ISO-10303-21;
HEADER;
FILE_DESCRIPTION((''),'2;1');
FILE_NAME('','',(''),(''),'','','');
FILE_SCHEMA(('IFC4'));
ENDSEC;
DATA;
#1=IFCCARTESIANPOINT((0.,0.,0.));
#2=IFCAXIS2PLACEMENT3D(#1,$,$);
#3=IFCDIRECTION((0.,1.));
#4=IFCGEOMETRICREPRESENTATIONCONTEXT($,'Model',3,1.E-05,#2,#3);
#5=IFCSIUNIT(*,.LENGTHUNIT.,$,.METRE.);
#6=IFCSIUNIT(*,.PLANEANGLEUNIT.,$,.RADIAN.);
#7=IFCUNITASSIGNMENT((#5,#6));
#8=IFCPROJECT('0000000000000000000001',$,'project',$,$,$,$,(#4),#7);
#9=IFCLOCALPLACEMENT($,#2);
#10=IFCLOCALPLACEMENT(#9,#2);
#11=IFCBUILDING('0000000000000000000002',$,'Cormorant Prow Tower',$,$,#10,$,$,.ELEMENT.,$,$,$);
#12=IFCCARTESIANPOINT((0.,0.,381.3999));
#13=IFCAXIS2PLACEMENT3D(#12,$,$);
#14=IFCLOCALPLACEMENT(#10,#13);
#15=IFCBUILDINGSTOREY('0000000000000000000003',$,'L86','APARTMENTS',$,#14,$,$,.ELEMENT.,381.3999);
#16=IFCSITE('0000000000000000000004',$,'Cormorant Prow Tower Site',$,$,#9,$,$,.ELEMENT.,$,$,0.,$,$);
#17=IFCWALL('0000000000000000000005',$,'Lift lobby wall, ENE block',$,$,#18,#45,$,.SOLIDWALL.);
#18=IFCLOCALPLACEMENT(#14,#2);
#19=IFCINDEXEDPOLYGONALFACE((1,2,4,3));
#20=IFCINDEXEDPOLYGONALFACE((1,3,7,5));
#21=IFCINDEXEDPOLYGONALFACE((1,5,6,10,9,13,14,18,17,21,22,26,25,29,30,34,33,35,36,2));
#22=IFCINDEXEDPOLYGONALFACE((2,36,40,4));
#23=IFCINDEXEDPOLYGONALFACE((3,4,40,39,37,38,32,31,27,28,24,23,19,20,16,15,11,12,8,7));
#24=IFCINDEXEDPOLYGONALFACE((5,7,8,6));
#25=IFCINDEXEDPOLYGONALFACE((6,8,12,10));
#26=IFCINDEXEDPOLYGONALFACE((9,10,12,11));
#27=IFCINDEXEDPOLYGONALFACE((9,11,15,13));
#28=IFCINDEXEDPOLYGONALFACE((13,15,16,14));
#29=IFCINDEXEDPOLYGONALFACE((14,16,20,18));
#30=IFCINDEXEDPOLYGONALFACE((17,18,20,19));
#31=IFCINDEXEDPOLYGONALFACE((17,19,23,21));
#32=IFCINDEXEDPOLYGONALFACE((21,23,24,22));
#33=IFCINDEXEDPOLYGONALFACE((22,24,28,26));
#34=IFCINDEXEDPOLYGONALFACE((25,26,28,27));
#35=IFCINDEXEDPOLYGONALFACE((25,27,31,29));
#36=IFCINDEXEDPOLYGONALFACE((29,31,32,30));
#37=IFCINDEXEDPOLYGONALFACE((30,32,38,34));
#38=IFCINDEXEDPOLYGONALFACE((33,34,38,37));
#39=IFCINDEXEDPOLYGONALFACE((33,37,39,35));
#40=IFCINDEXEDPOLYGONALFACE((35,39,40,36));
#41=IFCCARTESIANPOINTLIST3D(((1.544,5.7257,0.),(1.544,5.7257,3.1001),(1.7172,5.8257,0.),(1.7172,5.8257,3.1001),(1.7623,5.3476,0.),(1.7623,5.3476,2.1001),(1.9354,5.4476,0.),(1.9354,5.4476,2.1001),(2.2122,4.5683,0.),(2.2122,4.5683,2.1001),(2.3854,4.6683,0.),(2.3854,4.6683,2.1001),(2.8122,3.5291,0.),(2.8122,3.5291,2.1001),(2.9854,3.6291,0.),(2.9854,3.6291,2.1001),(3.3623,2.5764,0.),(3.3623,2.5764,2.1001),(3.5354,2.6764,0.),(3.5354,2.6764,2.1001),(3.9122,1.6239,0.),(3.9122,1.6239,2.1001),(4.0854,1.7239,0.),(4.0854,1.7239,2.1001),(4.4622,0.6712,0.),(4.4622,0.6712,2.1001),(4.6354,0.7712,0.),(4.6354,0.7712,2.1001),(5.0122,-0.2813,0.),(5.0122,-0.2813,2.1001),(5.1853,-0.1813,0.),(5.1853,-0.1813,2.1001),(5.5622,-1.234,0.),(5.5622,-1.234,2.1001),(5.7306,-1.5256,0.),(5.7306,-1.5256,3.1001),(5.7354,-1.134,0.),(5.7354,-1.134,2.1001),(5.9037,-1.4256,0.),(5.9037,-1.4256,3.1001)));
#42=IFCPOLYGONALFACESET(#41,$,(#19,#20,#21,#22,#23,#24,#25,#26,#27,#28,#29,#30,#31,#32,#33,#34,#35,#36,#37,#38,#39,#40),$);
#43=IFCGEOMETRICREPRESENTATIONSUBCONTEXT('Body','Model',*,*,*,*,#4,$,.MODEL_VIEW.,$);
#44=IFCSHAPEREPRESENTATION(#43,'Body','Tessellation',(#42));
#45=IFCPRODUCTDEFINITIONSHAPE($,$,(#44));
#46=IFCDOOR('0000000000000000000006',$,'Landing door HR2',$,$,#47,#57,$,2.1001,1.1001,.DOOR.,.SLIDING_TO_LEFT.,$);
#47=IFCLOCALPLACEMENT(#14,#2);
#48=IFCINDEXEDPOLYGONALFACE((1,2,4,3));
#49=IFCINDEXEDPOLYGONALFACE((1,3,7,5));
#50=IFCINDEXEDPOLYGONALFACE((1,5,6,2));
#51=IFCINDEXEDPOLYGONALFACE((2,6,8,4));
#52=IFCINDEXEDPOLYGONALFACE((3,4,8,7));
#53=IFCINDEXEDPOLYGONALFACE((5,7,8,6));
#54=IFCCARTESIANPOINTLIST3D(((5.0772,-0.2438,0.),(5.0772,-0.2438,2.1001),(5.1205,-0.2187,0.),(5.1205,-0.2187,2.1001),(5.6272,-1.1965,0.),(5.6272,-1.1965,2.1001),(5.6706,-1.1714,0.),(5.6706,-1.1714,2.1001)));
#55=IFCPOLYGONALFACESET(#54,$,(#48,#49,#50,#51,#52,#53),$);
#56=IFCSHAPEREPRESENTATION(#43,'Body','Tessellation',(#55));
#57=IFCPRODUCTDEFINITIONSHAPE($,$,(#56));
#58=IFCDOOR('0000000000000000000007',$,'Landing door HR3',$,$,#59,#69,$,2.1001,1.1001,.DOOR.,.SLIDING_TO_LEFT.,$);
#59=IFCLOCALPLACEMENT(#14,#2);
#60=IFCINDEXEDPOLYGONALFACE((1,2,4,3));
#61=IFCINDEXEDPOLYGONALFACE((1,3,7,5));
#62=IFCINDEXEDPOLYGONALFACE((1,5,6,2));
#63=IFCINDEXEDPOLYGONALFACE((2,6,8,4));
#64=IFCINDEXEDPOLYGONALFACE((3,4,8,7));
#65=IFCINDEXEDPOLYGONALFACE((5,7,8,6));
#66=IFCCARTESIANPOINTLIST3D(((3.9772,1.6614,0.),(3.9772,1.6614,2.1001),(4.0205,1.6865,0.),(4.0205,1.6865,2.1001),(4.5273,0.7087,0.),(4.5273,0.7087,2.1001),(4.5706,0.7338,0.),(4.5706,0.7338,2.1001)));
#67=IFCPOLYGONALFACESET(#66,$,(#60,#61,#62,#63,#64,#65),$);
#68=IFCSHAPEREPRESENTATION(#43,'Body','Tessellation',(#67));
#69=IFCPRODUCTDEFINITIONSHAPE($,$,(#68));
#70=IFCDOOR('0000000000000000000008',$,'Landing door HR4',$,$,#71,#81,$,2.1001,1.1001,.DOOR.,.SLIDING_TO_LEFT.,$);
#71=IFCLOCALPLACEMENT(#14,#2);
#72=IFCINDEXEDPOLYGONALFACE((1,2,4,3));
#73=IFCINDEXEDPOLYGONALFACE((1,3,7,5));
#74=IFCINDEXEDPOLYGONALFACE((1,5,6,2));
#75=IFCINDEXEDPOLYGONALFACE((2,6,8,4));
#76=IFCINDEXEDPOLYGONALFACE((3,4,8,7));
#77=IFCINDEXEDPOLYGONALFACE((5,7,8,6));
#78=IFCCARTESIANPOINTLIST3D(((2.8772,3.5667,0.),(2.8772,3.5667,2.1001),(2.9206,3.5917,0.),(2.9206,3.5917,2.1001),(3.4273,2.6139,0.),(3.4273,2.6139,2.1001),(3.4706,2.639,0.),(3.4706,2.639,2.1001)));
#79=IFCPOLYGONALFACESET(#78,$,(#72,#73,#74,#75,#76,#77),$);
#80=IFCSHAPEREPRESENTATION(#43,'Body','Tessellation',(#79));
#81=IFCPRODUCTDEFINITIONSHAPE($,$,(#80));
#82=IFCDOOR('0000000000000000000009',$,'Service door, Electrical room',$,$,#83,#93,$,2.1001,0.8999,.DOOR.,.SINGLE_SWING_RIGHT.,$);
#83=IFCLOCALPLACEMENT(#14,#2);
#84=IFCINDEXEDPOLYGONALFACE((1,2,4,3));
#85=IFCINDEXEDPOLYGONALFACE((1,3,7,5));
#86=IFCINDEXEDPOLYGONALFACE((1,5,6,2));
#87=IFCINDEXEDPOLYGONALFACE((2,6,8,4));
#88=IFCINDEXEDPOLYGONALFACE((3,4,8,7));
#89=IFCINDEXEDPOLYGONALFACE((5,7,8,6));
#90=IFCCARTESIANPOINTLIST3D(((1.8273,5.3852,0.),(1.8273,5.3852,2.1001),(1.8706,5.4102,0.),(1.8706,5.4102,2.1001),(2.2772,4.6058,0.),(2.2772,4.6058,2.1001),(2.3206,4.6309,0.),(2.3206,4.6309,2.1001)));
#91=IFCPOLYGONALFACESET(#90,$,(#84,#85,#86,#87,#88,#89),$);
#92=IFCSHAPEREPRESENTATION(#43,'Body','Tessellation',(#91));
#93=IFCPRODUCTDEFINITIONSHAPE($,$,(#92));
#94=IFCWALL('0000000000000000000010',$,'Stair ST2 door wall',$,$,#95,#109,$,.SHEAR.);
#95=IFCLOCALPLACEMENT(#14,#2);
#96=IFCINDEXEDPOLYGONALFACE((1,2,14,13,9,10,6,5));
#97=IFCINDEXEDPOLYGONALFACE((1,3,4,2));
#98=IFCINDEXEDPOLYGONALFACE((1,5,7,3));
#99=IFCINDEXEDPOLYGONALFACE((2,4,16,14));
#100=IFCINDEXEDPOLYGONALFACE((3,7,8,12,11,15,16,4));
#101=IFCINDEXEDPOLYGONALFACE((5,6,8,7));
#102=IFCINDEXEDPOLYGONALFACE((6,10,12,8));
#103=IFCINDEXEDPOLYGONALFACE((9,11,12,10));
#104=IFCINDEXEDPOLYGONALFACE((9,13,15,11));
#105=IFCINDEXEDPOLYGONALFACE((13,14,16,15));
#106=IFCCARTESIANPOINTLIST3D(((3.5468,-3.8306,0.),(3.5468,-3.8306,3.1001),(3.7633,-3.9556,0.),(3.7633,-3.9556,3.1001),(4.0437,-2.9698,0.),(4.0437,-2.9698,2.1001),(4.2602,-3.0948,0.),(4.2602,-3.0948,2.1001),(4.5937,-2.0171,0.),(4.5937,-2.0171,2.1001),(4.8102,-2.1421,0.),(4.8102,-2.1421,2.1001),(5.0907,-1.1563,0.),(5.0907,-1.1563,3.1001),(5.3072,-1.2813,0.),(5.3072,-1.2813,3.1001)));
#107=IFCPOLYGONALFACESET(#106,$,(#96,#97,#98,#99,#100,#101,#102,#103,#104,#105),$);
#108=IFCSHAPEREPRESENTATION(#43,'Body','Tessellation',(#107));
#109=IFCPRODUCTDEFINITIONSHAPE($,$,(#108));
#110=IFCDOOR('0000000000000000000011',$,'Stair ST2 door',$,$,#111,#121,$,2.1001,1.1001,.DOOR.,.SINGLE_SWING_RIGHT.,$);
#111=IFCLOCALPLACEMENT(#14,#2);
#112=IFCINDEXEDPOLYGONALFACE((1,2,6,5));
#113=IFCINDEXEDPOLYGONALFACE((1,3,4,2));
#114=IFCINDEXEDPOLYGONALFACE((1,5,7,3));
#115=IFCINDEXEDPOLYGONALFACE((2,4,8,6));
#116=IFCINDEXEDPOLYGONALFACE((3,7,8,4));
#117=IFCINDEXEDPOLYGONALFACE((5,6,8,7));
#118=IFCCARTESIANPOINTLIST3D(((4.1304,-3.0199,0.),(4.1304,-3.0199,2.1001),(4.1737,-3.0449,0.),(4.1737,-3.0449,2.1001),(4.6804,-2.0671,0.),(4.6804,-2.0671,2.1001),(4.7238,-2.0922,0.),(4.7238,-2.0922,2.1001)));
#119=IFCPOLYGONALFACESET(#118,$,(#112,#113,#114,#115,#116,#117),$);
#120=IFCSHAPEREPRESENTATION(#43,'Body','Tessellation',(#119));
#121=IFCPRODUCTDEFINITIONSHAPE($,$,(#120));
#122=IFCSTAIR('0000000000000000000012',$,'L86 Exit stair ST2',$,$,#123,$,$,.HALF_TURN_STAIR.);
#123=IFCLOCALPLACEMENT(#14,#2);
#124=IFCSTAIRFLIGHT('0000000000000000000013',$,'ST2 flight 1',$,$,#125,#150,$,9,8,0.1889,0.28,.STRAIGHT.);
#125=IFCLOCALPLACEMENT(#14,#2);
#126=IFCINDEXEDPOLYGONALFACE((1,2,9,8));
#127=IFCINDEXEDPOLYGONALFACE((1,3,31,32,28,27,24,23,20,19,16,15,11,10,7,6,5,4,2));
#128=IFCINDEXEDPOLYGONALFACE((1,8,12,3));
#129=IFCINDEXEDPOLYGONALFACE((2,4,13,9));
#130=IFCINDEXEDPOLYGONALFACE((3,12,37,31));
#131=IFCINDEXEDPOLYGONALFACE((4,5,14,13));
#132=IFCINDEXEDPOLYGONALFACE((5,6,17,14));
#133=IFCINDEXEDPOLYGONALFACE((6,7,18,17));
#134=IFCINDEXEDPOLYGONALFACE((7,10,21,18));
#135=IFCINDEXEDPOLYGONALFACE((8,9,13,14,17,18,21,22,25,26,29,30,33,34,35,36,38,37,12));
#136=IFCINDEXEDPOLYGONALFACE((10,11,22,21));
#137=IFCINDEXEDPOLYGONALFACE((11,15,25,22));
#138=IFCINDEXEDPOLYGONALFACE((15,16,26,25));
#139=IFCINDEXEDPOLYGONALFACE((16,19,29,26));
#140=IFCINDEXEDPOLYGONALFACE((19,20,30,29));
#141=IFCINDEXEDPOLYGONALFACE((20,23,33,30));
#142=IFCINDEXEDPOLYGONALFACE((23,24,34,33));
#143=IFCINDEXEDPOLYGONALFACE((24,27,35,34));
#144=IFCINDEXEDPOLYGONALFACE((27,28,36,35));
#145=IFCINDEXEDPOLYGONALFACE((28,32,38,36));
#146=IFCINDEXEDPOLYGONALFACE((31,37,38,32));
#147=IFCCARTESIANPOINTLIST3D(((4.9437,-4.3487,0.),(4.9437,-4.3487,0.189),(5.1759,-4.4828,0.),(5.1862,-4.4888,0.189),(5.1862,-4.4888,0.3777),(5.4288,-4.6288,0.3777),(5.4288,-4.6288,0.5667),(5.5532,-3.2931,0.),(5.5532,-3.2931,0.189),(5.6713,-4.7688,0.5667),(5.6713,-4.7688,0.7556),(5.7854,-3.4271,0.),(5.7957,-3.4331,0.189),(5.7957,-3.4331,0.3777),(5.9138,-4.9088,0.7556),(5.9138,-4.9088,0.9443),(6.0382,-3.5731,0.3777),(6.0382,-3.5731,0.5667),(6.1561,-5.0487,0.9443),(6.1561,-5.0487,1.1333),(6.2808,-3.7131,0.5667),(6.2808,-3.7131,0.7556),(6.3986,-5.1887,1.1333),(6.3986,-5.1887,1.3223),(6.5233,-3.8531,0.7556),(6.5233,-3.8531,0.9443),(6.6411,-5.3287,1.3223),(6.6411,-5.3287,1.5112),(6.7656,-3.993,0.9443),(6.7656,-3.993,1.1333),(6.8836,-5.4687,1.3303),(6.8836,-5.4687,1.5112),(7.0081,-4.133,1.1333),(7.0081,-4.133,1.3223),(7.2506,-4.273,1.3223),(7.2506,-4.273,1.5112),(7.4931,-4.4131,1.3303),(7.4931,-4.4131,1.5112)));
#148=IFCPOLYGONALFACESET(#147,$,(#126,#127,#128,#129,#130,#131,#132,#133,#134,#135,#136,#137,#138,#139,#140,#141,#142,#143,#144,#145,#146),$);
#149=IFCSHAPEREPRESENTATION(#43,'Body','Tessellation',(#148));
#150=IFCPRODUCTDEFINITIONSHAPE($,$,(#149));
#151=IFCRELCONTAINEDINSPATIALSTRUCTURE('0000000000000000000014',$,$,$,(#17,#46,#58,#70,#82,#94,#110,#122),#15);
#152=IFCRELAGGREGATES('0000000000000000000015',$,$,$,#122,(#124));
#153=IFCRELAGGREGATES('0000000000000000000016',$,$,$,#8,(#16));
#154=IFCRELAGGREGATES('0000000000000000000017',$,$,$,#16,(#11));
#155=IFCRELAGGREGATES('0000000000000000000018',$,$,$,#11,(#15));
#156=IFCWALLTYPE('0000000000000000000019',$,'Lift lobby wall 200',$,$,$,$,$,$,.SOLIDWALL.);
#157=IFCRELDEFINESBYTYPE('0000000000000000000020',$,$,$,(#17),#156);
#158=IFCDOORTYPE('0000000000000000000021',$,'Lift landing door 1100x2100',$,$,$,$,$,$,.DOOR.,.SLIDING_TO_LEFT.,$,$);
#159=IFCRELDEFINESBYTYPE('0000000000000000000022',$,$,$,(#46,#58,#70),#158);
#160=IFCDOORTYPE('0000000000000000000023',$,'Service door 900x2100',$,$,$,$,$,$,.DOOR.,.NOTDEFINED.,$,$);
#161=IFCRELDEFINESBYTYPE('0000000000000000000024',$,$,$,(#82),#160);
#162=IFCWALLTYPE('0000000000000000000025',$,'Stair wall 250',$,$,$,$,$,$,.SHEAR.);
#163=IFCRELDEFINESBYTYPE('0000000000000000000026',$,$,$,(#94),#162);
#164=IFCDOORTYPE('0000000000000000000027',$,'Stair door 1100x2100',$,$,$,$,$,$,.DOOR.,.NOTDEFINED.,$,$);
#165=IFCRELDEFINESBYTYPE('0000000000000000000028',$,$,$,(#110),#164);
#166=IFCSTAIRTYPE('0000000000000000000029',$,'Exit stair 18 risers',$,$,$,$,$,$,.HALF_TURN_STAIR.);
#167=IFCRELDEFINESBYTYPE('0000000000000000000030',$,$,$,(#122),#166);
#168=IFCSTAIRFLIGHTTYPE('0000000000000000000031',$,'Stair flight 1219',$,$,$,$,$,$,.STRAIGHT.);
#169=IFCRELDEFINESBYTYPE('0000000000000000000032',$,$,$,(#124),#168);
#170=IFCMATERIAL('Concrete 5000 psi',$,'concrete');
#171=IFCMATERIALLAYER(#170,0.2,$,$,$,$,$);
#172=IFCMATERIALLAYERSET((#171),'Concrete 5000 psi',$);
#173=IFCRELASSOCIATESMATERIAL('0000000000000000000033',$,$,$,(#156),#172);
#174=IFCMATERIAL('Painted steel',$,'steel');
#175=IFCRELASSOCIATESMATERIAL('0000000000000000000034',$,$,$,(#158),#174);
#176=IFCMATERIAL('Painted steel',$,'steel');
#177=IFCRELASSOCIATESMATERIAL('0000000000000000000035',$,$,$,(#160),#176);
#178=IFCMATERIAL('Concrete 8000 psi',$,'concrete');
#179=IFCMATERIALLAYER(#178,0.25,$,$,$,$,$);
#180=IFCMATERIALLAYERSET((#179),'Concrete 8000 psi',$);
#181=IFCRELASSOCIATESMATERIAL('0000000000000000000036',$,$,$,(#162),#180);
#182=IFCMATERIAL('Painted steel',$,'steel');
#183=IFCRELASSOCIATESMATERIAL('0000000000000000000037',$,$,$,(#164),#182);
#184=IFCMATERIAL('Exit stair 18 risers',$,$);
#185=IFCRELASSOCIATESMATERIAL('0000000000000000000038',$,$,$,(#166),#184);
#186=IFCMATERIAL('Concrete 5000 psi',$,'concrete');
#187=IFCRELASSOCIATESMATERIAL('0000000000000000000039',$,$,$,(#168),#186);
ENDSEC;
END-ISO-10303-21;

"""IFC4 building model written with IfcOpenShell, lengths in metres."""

from ifc_helpers import new_model, si_unit, direction, frame, frame_2d, origin, place, context, subcontext, project, spatial, polyline, rectangle, outline, extrude, material, layer, layer_set, type_object, element, fill, aggregate, save


model = new_model("IFC4")

# Units and contexts
model_context = context("Model", 3, precision=1e-05, world=origin(), true_north=direction((0.0, 1.0)))
body_context = subcontext(model_context, "Body", "Model", "MODEL_VIEW")
ifc_project = project(units=[si_unit("LENGTHUNIT", "METRE"), si_unit("PLANEANGLEUNIT", "RADIAN")], contexts=[model_context])

# Site, building, storey
site_placement = place(None, origin())
site = spatial("IfcSite", under=ifc_project, at=site_placement, Name="Cormorant Prow Tower Site", CompositionType="ELEMENT", RefElevation=0.0)
building_placement = place(site_placement, origin())
building = spatial("IfcBuilding", under=site, at=building_placement, Name="Cormorant Prow Tower", CompositionType="ELEMENT")
storey_placement = place(building_placement, frame((0.0, 0.0, 381.3999)))
storey = spatial("IfcBuildingStorey", under=building, at=storey_placement, Name="L86", Description="APARTMENTS", CompositionType="ELEMENT", Elevation=381.3999)

# Wall, openings, doors
ifc_material_1 = material(Name="Concrete 5000 psi", Category="concrete")
ifc_layer_1 = layer(ifc_material_1, 0.2)
ifc_layer_set_1 = layer_set([ifc_layer_1], Name="Concrete 5000 psi")
wall_type_1 = type_object("IfcWallType", Name="Lift lobby wall 200", PredefinedType="SOLIDWALL", material=ifc_layer_set_1)
wall_1_placement = place(storey_placement, frame((5.8171, -1.4756, 0.0), z_axis=(0.0, 0.0, 1.0), x_axis=(-0.500003, 0.866024, 0.0)))
wall_1 = element("IfcWall", 1, at=wall_1_placement, inside=storey, type_object=wall_type_1, Name="Lift lobby wall, ENE block", PredefinedType="SOLIDWALL", context=body_context, shape_type="SweptSolid", body=[
    extrude(rectangle(XDim=8.373, YDim=0.2, at=frame_2d((4.1865, 0.0))), origin(), (0.0, 0.0, 1.0), 3.1001),
])
opening_1_placement = place(wall_1_placement, frame((0.3367, 0.0, 0.0)))
opening_1 = element("IfcOpeningElement", 2, at=opening_1_placement, cuts=wall_1, PredefinedType="OPENING", context=body_context, shape_type="SweptSolid", body=[
    extrude(rectangle(XDim=1.1001, YDim=2.1001, at=frame_2d((0.55, 1.05))), frame((0.0, 0.1099, 0.0), z_axis=(0.0, -1.0, 0.0), x_axis=(1.0, 0.0, 0.0)), (0.0, 0.0, 1.0), 0.22),
])
opening_2_placement = place(wall_1_placement, frame((2.5366, 0.0, 0.0)))
opening_2 = element("IfcOpeningElement", 3, at=opening_2_placement, cuts=wall_1, PredefinedType="OPENING", context=body_context, shape_type="SweptSolid", body=[
    extrude(rectangle(XDim=1.1001, YDim=2.1001, at=frame_2d((0.55, 1.05))), frame((0.0, 0.1099, 0.0), z_axis=(0.0, -1.0, 0.0), x_axis=(1.0, 0.0, 0.0)), (0.0, 0.0, 1.0), 0.22),
])
opening_3_placement = place(wall_1_placement, frame((4.7366, 0.0, 0.0)))
opening_3 = element("IfcOpeningElement", 4, at=opening_3_placement, cuts=wall_1, PredefinedType="OPENING", context=body_context, shape_type="SweptSolid", body=[
    extrude(rectangle(XDim=1.1001, YDim=2.1001, at=frame_2d((0.55, 1.05))), frame((0.0, 0.1099, 0.0), z_axis=(0.0, -1.0, 0.0), x_axis=(1.0, 0.0, 0.0)), (0.0, 0.0, 1.0), 0.22),
])
opening_4_placement = place(wall_1_placement, frame((7.0366, 0.0, 0.0)))
opening_4 = element("IfcOpeningElement", 5, at=opening_4_placement, cuts=wall_1, PredefinedType="OPENING", context=body_context, shape_type="SweptSolid", body=[
    extrude(rectangle(XDim=0.8999, YDim=2.1001, at=frame_2d((0.45, 1.05))), frame((0.0, 0.1099, 0.0), z_axis=(0.0, -1.0, 0.0), x_axis=(1.0, 0.0, 0.0)), (0.0, 0.0, 1.0), 0.22),
])
ifc_material_2 = material(Name="Painted steel", Category="steel")
door_type_1 = type_object("IfcDoorType", Name="Lift landing door 1100x2100", OperationType="SLIDING_TO_LEFT", PredefinedType="DOOR", material=ifc_material_2)
door_1_placement = place(opening_1_placement, origin())
door_1 = element("IfcDoor", 6, at=door_1_placement, inside=storey, type_object=door_type_1, Name="Landing door HR2", OperationType="SLIDING_TO_LEFT", OverallHeight=2.1001, OverallWidth=1.1001, PredefinedType="DOOR", context=body_context, shape_type="SweptSolid", body=[
    extrude(rectangle(XDim=1.1001, YDim=2.1001, at=frame_2d((0.55, 1.05))), frame((0.0, 0.0249, 0.0), z_axis=(0.0, -1.0, 0.0), x_axis=(1.0, 0.0, 0.0)), (0.0, 0.0, 1.0), 0.05),
])
fill(opening_1, door_1)
door_2_placement = place(opening_2_placement, origin())
door_2 = element("IfcDoor", 7, at=door_2_placement, inside=storey, type_object=door_type_1, Name="Landing door HR3", OperationType="SLIDING_TO_LEFT", OverallHeight=2.1001, OverallWidth=1.1001, PredefinedType="DOOR", context=body_context, shape_type="SweptSolid", body=[
    extrude(rectangle(XDim=1.1001, YDim=2.1001, at=frame_2d((0.55, 1.05))), frame((0.0, 0.0249, 0.0), z_axis=(0.0, -1.0, 0.0), x_axis=(1.0, 0.0, 0.0)), (0.0, 0.0, 1.0), 0.05),
])
fill(opening_2, door_2)
door_3_placement = place(opening_3_placement, origin())
door_3 = element("IfcDoor", 8, at=door_3_placement, inside=storey, type_object=door_type_1, Name="Landing door HR4", OperationType="SLIDING_TO_LEFT", OverallHeight=2.1001, OverallWidth=1.1001, PredefinedType="DOOR", context=body_context, shape_type="SweptSolid", body=[
    extrude(rectangle(XDim=1.1001, YDim=2.1001, at=frame_2d((0.55, 1.05))), frame((0.0, 0.0249, 0.0), z_axis=(0.0, -1.0, 0.0), x_axis=(1.0, 0.0, 0.0)), (0.0, 0.0, 1.0), 0.05),
])
fill(opening_3, door_3)
ifc_material_3 = material(Name="Painted steel", Category="steel")
door_type_2 = type_object("IfcDoorType", Name="Service door 900x2100", OperationType="NOTDEFINED", PredefinedType="DOOR", material=ifc_material_3)
door_4_placement = place(opening_4_placement, origin())
door_4 = element("IfcDoor", 9, at=door_4_placement, inside=storey, type_object=door_type_2, Name="Service door, Electrical room", OperationType="SINGLE_SWING_RIGHT", OverallHeight=2.1001, OverallWidth=0.8999, PredefinedType="DOOR", context=body_context, shape_type="SweptSolid", body=[
    extrude(rectangle(XDim=0.8999, YDim=2.1001, at=frame_2d((0.45, 1.05))), frame((0.0, 0.0249, 0.0), z_axis=(0.0, -1.0, 0.0), x_axis=(1.0, 0.0, 0.0)), (0.0, 0.0, 1.0), 0.05),
])
fill(opening_4, door_4)

# Wall, opening, door
ifc_material_4 = material(Name="Concrete 8000 psi", Category="concrete")
ifc_layer_2 = layer(ifc_material_4, 0.25)
ifc_layer_set_2 = layer_set([ifc_layer_2], Name="Concrete 8000 psi")
wall_type_2 = type_object("IfcWallType", Name="Stair wall 250", PredefinedType="SHEAR", material=ifc_layer_set_2)
wall_2_placement = place(storey_placement, frame((3.655, -3.8931, 0.0), z_axis=(0.0, 0.0, 1.0), x_axis=(0.499983, 0.866035, 0.0)))
wall_2 = element("IfcWall", 10, at=wall_2_placement, inside=storey, type_object=wall_type_2, Name="Stair ST2 door wall", PredefinedType="SHEAR", context=body_context, shape_type="SweptSolid", body=[
    extrude(rectangle(XDim=3.0879, YDim=0.25, at=frame_2d((1.5439, 0.0))), origin(), (0.0, 0.0, 1.0), 3.1001),
])
opening_5_placement = place(wall_2_placement, frame((0.9939, 0.0, 0.0)))
opening_5 = element("IfcOpeningElement", 11, at=opening_5_placement, cuts=wall_2, PredefinedType="OPENING", context=body_context, shape_type="SweptSolid", body=[
    extrude(rectangle(XDim=1.1001, YDim=2.1001, at=frame_2d((0.55, 1.05))), frame((0.0, 0.135, 0.0), z_axis=(0.0, -1.0, 0.0), x_axis=(1.0, 0.0, 0.0)), (0.0, 0.0, 1.0), 0.27),
])
ifc_material_5 = material(Name="Painted steel", Category="steel")
door_type_3 = type_object("IfcDoorType", Name="Stair door 1100x2100", OperationType="NOTDEFINED", PredefinedType="DOOR", material=ifc_material_5)
door_5_placement = place(opening_5_placement, origin())
door_5 = element("IfcDoor", 12, at=door_5_placement, inside=storey, type_object=door_type_3, Name="Stair ST2 door", OperationType="SINGLE_SWING_RIGHT", OverallHeight=2.1001, OverallWidth=1.1001, PredefinedType="DOOR", context=body_context, shape_type="SweptSolid", body=[
    extrude(rectangle(XDim=1.1001, YDim=2.1001, at=frame_2d((0.55, 1.05))), frame((0.0, 0.0249, 0.0), z_axis=(0.0, -1.0, 0.0), x_axis=(1.0, 0.0, 0.0)), (0.0, 0.0, 1.0), 0.05),
])
fill(opening_5, door_5)

# Stair, stair flight
ifc_material_6 = material(Name="Exit stair 18 risers")
stair_type = type_object("IfcStairType", Name="Exit stair 18 risers", PredefinedType="HALF_TURN_STAIR", material=ifc_material_6)
stair_placement = place(storey_placement, origin())
stair = element("IfcStair", 13, at=stair_placement, inside=storey, type_object=stair_type, Name="L86 Exit stair ST2", PredefinedType="HALF_TURN_STAIR")
ifc_material_7 = material(Name="Concrete 5000 psi", Category="concrete")
stair_flight_type = type_object("IfcStairFlightType", Name="Stair flight 1219", PredefinedType="STRAIGHT", material=ifc_material_7)
stair_flight_1_placement = place(storey_placement, frame((5.2485, -3.8208, 0.0), z_axis=(0.0, 0.0, 1.0), x_axis=(0.866025, -0.5, 0.0)))
stair_flight_1 = element("IfcStairFlight", 14, at=stair_flight_1_placement, type_object=stair_flight_type, Name="ST2 flight 1", NumberOfRisers=9, NumberOfTreads=8, PredefinedType="STRAIGHT", RiserHeight=0.1889, TreadLength=0.28, context=body_context, shape_type="SweptSolid", body=[
    extrude(outline(polyline([(0.0, 0.0), (0.0, 0.189), (0.28, 0.189), (0.28, 0.3777), (0.5601, 0.3777), (0.5601, 0.5667), (0.8401, 0.5667), (0.8401, 0.7556), (1.1201, 0.7556), (1.1201, 0.9443), (1.3999, 0.9443), (1.3999, 1.1333), (1.6799, 1.1333), (1.6799, 1.3223), (1.96, 1.3223), (1.96, 1.5112), (2.24, 1.5112), (2.24, 1.7), (2.24, 1.3303), (0.2681, 0.0), (0.0, 0.0)])), frame((0.0, 0.6094, 0.0), z_axis=(0.0, -1.0, 0.0), x_axis=(1.0, 0.0, 0.0)), (0.0, 0.0, 1.0), 1.219),
])
aggregate(stair, [stair_flight_1])

save(model, "model.ifc")
